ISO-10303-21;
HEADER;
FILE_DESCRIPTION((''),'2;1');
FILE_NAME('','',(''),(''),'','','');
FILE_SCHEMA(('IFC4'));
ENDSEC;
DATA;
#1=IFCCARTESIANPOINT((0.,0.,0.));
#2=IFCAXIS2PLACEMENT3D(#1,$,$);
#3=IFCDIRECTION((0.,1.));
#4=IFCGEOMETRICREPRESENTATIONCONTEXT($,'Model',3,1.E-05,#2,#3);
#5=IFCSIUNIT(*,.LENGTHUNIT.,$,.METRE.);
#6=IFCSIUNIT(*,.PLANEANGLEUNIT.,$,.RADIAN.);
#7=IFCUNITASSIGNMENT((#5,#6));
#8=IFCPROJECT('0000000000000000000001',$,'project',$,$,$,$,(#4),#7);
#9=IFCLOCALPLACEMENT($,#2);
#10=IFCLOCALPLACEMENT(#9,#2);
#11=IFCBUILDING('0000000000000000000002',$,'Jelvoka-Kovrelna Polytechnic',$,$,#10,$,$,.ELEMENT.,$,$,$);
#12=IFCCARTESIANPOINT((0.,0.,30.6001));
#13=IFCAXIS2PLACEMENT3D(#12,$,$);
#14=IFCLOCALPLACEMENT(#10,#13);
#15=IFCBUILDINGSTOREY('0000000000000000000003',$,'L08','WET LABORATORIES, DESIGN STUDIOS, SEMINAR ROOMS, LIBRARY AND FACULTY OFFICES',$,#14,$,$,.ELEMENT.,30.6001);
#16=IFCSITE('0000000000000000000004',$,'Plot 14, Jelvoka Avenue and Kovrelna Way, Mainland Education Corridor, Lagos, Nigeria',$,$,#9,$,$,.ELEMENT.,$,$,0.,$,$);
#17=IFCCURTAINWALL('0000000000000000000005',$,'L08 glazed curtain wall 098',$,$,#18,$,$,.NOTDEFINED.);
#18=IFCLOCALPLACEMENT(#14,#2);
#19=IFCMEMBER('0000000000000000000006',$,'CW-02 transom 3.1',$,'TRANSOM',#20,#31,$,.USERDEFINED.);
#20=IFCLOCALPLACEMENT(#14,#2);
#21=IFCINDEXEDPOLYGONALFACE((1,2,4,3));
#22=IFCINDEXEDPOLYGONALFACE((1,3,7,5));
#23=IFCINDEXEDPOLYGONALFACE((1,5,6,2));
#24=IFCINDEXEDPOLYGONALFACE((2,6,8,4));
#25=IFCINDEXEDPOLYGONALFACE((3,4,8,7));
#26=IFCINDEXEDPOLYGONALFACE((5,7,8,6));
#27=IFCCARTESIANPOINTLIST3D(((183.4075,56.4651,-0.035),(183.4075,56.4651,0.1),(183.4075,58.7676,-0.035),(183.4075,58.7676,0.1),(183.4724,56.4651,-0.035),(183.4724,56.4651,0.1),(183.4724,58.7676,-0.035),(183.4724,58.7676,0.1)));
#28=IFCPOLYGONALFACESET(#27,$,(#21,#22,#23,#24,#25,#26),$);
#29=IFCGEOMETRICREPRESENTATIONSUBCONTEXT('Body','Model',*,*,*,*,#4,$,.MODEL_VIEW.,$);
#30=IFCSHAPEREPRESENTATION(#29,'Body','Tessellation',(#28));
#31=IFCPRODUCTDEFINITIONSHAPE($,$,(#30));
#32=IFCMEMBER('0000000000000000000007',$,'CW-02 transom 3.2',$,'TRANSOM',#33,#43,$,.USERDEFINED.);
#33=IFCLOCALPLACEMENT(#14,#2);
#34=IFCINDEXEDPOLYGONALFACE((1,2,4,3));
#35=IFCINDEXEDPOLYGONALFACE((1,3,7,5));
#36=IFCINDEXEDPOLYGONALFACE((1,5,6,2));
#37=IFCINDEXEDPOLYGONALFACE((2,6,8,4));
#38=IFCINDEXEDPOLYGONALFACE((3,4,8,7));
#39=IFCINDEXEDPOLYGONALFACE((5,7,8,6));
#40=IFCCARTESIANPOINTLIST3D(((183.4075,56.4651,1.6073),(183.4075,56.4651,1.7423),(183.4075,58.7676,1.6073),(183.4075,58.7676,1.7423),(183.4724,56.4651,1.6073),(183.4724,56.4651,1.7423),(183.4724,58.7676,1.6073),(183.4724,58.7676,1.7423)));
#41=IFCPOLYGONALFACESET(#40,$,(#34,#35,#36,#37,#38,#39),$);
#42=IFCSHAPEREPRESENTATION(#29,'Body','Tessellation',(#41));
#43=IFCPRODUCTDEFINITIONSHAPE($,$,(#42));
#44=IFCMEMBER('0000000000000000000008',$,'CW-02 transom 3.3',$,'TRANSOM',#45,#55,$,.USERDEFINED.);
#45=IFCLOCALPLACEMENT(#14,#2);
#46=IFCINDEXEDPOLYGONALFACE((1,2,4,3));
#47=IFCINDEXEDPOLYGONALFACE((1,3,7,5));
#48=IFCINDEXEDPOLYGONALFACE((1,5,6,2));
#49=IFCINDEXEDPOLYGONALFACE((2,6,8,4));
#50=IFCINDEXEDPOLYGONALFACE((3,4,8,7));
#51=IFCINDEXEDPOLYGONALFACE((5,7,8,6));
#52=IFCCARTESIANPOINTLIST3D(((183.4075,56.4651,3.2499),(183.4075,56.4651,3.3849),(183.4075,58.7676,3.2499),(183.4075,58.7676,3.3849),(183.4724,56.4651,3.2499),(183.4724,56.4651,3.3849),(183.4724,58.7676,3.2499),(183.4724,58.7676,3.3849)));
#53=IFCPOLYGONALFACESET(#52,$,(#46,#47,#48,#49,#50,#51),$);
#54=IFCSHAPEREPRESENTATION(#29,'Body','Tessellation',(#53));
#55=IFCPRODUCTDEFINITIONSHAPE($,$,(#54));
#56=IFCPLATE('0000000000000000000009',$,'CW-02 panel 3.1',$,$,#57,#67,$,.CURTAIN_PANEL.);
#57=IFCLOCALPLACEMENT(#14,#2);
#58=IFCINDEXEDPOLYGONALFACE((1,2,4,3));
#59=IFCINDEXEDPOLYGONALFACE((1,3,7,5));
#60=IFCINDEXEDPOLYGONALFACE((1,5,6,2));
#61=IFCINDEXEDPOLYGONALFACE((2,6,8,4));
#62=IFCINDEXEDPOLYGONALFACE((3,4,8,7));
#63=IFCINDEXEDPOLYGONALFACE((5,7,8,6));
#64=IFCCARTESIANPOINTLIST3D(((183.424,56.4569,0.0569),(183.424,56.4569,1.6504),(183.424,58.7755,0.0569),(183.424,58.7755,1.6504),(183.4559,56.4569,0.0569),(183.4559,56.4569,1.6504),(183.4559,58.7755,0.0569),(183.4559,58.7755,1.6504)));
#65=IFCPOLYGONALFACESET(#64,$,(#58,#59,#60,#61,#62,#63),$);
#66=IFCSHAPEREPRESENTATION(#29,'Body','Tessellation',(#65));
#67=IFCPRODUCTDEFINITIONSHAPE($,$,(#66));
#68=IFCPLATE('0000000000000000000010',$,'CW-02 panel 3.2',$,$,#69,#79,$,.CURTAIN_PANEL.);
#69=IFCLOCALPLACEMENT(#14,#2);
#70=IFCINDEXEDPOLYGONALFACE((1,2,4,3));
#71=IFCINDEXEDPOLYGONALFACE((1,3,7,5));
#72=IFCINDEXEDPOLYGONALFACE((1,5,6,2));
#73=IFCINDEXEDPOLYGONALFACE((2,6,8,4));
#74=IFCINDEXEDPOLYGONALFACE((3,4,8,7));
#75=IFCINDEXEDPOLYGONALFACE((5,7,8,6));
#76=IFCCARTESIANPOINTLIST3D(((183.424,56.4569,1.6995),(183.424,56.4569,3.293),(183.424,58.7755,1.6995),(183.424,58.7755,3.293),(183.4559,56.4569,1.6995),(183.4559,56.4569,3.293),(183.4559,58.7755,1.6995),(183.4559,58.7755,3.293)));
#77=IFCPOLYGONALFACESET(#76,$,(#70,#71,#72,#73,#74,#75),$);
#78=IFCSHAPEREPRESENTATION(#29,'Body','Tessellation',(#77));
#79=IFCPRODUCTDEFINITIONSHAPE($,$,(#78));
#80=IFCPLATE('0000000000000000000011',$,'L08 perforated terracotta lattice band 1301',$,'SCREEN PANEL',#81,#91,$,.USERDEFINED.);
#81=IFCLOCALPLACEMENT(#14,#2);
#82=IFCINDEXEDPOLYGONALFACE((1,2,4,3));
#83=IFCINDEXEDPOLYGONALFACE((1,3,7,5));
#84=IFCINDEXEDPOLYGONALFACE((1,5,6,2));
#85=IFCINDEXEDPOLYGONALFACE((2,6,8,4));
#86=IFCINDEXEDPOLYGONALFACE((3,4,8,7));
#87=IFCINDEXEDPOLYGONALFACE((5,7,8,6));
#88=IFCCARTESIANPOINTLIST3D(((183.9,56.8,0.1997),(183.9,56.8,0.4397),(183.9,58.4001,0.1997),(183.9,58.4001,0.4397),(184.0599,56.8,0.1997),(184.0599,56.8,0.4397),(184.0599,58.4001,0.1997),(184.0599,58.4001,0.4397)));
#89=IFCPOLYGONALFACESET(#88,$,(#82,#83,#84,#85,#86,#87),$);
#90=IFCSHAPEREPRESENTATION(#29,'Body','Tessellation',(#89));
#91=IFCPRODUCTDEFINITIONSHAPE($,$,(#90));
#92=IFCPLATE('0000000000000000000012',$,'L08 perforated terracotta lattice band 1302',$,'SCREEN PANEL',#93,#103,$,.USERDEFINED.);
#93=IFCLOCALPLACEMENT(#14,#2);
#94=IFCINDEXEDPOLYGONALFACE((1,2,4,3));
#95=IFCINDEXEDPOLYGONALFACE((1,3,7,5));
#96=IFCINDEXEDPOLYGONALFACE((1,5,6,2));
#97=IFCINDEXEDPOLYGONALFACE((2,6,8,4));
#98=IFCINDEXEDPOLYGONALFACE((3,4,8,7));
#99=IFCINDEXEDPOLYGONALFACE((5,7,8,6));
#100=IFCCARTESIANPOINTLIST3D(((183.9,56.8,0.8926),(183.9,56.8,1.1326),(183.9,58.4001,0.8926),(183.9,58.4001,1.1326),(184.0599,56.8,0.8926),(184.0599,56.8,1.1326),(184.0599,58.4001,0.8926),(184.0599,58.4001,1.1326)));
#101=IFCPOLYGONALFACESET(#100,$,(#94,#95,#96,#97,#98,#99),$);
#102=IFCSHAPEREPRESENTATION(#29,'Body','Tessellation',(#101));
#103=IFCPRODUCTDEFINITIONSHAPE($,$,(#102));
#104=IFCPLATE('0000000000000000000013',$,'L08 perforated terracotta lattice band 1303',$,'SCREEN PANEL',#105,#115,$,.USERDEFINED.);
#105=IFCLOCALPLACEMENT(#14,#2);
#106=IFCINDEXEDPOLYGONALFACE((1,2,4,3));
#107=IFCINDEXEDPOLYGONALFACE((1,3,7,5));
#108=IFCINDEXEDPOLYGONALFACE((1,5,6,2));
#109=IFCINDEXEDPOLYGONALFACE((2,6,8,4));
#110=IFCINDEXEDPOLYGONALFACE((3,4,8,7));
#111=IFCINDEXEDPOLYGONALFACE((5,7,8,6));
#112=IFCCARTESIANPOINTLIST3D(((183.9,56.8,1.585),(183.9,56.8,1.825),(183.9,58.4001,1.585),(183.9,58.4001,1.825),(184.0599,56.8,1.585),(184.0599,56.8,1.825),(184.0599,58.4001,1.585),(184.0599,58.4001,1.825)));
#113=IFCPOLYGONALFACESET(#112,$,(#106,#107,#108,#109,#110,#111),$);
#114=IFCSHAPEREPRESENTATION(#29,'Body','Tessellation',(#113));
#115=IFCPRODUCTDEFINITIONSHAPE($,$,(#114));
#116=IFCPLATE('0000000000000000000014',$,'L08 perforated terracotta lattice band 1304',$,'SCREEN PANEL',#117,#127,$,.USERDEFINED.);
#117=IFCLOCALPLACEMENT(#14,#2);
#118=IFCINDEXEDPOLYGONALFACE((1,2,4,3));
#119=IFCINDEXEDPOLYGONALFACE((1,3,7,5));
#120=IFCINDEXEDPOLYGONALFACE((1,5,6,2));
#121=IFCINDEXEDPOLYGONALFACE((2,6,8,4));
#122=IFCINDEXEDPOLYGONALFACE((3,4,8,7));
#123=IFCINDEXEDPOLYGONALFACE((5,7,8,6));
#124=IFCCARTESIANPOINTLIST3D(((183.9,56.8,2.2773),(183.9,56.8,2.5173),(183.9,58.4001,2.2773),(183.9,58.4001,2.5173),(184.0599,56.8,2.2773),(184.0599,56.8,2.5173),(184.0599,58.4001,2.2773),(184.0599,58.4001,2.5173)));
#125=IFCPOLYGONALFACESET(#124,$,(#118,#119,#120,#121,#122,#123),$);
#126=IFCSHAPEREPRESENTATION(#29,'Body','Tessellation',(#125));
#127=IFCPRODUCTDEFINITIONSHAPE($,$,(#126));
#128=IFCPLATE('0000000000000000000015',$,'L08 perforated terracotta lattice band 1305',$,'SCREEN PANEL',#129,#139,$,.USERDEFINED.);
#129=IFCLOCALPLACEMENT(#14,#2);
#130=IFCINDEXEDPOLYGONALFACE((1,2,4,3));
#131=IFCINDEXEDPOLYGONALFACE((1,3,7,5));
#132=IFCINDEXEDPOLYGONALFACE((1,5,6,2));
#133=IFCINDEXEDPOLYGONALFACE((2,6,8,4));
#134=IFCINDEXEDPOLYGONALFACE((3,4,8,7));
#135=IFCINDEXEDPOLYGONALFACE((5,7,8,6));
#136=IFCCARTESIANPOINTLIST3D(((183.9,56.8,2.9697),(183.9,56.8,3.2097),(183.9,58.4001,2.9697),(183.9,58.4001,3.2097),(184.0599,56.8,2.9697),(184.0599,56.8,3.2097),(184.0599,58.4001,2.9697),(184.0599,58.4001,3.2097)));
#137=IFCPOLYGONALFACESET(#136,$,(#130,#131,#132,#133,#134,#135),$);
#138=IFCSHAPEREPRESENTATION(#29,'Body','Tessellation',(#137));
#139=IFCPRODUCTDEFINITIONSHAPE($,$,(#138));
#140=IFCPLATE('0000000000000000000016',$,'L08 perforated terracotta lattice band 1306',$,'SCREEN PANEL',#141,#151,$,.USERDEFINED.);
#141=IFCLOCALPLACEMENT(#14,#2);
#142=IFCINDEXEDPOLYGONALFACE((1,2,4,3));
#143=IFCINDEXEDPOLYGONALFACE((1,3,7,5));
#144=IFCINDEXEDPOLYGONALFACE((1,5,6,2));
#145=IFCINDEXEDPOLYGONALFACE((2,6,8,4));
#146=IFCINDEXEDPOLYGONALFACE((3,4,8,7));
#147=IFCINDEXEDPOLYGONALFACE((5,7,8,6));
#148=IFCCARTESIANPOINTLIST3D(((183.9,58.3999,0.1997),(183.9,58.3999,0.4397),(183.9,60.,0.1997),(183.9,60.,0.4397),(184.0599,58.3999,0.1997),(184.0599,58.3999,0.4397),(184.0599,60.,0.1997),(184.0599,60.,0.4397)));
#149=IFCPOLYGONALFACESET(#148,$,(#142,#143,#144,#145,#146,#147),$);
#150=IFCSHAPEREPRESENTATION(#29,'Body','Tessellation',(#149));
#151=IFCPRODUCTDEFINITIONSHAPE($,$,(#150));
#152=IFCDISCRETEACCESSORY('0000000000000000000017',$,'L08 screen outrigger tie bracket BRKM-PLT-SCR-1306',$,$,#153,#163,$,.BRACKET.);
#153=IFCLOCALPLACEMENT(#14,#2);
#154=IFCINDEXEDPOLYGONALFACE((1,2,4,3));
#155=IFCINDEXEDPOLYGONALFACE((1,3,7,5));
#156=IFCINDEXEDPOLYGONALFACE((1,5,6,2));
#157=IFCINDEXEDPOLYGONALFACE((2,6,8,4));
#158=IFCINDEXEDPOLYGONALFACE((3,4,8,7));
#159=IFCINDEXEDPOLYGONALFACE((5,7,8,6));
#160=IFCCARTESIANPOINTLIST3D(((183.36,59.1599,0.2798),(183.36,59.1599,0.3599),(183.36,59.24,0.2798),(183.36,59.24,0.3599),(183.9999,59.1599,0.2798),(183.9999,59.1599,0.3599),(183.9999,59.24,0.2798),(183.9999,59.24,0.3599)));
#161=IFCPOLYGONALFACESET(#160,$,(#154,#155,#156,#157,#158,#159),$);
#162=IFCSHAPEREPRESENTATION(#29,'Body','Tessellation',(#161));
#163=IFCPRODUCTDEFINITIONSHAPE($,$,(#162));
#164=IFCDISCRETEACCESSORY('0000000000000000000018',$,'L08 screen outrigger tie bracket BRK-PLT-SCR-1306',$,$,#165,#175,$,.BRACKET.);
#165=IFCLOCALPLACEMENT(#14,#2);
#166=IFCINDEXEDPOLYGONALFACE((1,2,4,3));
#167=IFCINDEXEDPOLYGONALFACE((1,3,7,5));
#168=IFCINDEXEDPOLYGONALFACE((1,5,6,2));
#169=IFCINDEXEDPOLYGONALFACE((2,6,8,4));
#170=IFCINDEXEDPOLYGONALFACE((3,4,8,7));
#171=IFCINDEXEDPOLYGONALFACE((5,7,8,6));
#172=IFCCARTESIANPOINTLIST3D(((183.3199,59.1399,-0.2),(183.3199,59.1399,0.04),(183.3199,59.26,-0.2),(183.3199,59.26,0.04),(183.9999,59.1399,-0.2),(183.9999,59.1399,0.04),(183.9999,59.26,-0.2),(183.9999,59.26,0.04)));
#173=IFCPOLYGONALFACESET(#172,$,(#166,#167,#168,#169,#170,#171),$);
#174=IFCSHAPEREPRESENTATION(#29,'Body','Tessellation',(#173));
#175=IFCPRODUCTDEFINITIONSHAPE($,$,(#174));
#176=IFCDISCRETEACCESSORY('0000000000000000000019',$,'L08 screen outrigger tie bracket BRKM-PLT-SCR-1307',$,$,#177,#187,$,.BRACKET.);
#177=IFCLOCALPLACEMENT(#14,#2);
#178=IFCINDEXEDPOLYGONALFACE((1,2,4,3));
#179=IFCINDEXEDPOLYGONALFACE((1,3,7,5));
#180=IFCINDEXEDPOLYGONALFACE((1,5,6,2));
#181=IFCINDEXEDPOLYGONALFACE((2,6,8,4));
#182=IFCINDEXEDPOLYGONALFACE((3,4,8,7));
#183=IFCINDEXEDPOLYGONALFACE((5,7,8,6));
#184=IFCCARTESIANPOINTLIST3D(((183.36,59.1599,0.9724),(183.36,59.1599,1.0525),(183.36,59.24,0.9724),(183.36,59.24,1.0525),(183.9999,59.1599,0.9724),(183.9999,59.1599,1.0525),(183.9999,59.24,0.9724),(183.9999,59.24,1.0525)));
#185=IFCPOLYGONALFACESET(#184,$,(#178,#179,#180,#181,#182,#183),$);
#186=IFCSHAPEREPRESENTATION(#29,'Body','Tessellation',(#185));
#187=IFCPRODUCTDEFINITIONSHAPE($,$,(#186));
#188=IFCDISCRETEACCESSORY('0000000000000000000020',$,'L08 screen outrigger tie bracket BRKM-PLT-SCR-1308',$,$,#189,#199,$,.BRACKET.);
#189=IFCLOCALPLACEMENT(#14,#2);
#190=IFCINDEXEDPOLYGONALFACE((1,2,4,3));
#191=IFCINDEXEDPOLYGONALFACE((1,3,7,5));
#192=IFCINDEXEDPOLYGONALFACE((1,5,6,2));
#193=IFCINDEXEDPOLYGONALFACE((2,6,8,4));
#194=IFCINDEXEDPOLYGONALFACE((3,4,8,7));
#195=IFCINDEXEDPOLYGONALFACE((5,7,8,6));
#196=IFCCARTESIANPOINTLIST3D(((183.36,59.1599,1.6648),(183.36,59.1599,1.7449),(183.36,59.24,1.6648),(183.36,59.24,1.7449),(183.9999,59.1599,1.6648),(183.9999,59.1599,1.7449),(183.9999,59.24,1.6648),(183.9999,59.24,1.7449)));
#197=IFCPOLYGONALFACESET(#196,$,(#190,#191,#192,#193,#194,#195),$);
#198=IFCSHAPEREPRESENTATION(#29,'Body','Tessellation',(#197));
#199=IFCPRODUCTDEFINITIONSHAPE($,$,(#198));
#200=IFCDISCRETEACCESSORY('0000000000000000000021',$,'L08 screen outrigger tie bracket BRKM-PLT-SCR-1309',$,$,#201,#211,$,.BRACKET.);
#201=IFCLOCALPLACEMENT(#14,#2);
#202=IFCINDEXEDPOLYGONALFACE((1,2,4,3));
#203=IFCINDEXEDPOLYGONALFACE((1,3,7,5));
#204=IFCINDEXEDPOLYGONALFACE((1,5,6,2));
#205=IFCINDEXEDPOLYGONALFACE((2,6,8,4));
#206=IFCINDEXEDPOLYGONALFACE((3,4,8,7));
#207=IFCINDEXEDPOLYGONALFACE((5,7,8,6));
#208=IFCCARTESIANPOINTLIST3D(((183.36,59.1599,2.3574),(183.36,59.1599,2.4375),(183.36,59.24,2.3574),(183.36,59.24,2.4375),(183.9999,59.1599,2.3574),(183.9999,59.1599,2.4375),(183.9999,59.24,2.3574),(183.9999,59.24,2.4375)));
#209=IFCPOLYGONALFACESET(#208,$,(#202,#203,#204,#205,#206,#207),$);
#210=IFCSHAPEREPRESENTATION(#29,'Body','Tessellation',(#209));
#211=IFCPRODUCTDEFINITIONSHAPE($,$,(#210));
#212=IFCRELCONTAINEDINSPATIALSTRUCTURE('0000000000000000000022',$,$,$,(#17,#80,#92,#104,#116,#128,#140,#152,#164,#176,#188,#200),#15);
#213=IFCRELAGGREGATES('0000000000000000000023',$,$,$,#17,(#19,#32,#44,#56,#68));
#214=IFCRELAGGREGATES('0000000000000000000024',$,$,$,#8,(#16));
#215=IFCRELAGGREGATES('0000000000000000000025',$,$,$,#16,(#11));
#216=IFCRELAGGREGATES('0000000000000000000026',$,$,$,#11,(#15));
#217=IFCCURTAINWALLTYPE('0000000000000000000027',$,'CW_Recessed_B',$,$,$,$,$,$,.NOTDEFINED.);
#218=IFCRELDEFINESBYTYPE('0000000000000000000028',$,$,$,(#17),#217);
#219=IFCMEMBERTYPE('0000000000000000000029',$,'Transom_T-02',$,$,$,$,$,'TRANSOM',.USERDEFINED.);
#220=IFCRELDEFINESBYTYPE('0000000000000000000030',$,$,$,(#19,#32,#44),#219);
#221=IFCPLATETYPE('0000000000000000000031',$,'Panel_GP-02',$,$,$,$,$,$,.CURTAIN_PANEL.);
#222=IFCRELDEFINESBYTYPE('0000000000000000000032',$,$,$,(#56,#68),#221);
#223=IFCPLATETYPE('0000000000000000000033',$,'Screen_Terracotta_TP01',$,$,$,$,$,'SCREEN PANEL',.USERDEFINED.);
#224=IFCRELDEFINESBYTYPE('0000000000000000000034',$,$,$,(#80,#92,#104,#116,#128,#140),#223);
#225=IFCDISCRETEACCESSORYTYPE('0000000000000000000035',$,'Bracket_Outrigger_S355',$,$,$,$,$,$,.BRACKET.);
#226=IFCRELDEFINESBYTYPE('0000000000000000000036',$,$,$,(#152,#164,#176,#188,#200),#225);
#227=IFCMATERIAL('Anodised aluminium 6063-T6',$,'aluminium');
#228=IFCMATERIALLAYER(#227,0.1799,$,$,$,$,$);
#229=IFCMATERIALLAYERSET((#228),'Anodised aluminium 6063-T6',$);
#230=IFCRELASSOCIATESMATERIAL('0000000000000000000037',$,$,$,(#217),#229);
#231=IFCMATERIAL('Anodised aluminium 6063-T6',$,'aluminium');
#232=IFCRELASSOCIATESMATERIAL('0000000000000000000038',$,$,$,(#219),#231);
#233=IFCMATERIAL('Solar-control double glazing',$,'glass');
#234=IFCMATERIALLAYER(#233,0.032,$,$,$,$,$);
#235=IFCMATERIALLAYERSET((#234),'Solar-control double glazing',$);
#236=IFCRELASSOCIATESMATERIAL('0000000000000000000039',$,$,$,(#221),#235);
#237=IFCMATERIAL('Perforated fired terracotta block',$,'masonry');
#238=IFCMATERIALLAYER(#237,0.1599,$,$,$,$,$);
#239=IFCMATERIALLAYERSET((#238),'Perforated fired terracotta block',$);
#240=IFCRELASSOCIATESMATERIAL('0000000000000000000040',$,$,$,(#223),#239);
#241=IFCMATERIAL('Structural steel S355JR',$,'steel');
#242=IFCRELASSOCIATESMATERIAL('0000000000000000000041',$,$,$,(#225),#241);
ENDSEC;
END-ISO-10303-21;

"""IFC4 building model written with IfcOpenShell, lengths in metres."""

from ifc_helpers import new_model, si_unit, direction, frame, origin, origin_2d, place, context, subcontext, project, spatial, rectangle, extrude, material, layer, layer_set, material_profile, profile_set, type_object, element, aggregate, save


model = new_model("IFC4")

# Units and contexts
model_context = context("Model", 3, precision=1e-05, world=origin(), true_north=direction((0.0, 1.0)))
body_context = subcontext(model_context, "Body", "Model", "MODEL_VIEW")
ifc_project = project(units=[si_unit("LENGTHUNIT", "METRE"), si_unit("PLANEANGLEUNIT", "RADIAN")], contexts=[model_context])

# Site, building, storey
site_placement = place(None, origin())
site = spatial("IfcSite", under=ifc_project, at=site_placement, Name="Plot 14, Jelvoka Avenue and Kovrelna Way, Mainland Education Corridor, Lagos, Nigeria", CompositionType="ELEMENT", RefElevation=0.0)
building_placement = place(site_placement, origin())
building = spatial("IfcBuilding", under=site, at=building_placement, Name="Jelvoka-Kovrelna Polytechnic", CompositionType="ELEMENT")
storey_placement = place(building_placement, frame((0.0, 0.0, 30.6001)))
storey = spatial("IfcBuildingStorey", under=building, at=storey_placement, Name="L08", Description="WET LABORATORIES, DESIGN STUDIOS, SEMINAR ROOMS, LIBRARY AND FACULTY OFFICES", CompositionType="ELEMENT", Elevation=30.6001)

# Curtain wall, members, plates
ifc_material_1 = material(Name="Anodised aluminium 6063-T6", Category="aluminium")
ifc_layer_1 = layer(ifc_material_1, 0.1799)
ifc_layer_set_1 = layer_set([ifc_layer_1], Name="Anodised aluminium 6063-T6")
curtain_wall_type = type_object("IfcCurtainWallType", Name="CW_Recessed_B", PredefinedType="NOTDEFINED", material=ifc_layer_set_1)
curtain_wall_placement = place(storey_placement, origin())
curtain_wall = element("IfcCurtainWall", 1, at=curtain_wall_placement, inside=storey, type_object=curtain_wall_type, Name="L08 glazed curtain wall 098", PredefinedType="NOTDEFINED")
ifc_material_2 = material(Name="Anodised aluminium 6063-T6", Category="aluminium")
ifc_material_profile_1 = material_profile(ifc_material_2, rectangle(XDim=0.0649, YDim=0.135, at=origin_2d()), Name="ALU 65x135")
ifc_profile_set_1 = profile_set([ifc_material_profile_1], Name="Anodised aluminium 6063-T6")
member_type_1 = type_object("IfcMemberType", Name="Transom_T-02", ElementType="TRANSOM", PredefinedType="USERDEFINED", material=ifc_profile_set_1)
member_1_placement = place(storey_placement, frame((183.4399, 58.7676, 0.0325), z_axis=(0.0, -1.0, 0.0), x_axis=(1.0, 0.0, 0.0)))
member_1 = element("IfcMember", 2, at=member_1_placement, type_object=member_type_1, Name="CW-02 transom 3.1", ObjectType="TRANSOM", PredefinedType="USERDEFINED", context=body_context, shape_type="SweptSolid", body=[
    extrude(rectangle(XDim=0.0649, YDim=0.135, at=origin_2d()), origin(), (0.0, 0.0, 1.0), 2.3025),
])
member_2_placement = place(storey_placement, frame((183.4399, 58.7676, 1.6748), z_axis=(0.0, -1.0, 0.0), x_axis=(1.0, 0.0, 0.0)))
member_2 = element("IfcMember", 3, at=member_2_placement, type_object=member_type_1, Name="CW-02 transom 3.2", ObjectType="TRANSOM", PredefinedType="USERDEFINED", context=body_context, shape_type="SweptSolid", body=[
    extrude(rectangle(XDim=0.0649, YDim=0.135, at=origin_2d()), origin(), (0.0, 0.0, 1.0), 2.3025),
])
member_3_placement = place(storey_placement, frame((183.4399, 58.7676, 3.3174), z_axis=(0.0, -1.0, 0.0), x_axis=(1.0, 0.0, 0.0)))
member_3 = element("IfcMember", 4, at=member_3_placement, type_object=member_type_1, Name="CW-02 transom 3.3", ObjectType="TRANSOM", PredefinedType="USERDEFINED", context=body_context, shape_type="SweptSolid", body=[
    extrude(rectangle(XDim=0.0649, YDim=0.135, at=origin_2d()), origin(), (0.0, 0.0, 1.0), 2.3025),
])
ifc_material_3 = material(Name="Solar-control double glazing", Category="glass")
ifc_layer_2 = layer(ifc_material_3, 0.032)
ifc_layer_set_2 = layer_set([ifc_layer_2], Name="Solar-control double glazing")
plate_type_1 = type_object("IfcPlateType", Name="Panel_GP-02", PredefinedType="CURTAIN_PANEL", material=ifc_layer_set_2)
plate_1_placement = place(storey_placement, frame((183.4399, 57.6162, 0.0569), z_axis=(0.0, 0.0, 1.0), x_axis=(0.0, -1.0, 0.0)))
plate_1 = element("IfcPlate", 5, at=plate_1_placement, type_object=plate_type_1, Name="CW-02 panel 3.1", PredefinedType="CURTAIN_PANEL", context=body_context, shape_type="SweptSolid", body=[
    extrude(rectangle(XDim=2.3186, YDim=0.032, at=origin_2d()), origin(), (0.0, 0.0, 1.0), 1.5935),
])
plate_2_placement = place(storey_placement, frame((183.4399, 57.6162, 1.6995), z_axis=(0.0, 0.0, 1.0), x_axis=(0.0, -1.0, 0.0)))
plate_2 = element("IfcPlate", 6, at=plate_2_placement, type_object=plate_type_1, Name="CW-02 panel 3.2", PredefinedType="CURTAIN_PANEL", context=body_context, shape_type="SweptSolid", body=[
    extrude(rectangle(XDim=2.3186, YDim=0.032, at=origin_2d()), origin(), (0.0, 0.0, 1.0), 1.5935),
])
aggregate(curtain_wall, [member_1, member_2, member_3, plate_1, plate_2])

# Plates
ifc_material_4 = material(Name="Perforated fired terracotta block", Category="masonry")
ifc_layer_3 = layer(ifc_material_4, 0.1599)
ifc_layer_set_3 = layer_set([ifc_layer_3], Name="Perforated fired terracotta block")
plate_type_2 = type_object("IfcPlateType", Name="Screen_Terracotta_TP01", ElementType="SCREEN PANEL", PredefinedType="USERDEFINED", material=ifc_layer_set_3)
for number, where, z_axis, x_axis, name in (
    (7, (183.98, 57.6001, 0.1997), (0.0, 0.0, 1.0), (0.0, 1.0, 0.0), "L08 perforated terracotta lattice band 1301"),
    (8, (183.98, 57.6001, 0.8926), (0.0, 0.0, 1.0), (0.0, 1.0, 0.0), "L08 perforated terracotta lattice band 1302"),
    (9, (183.98, 57.6001, 1.585), (0.0, 0.0, 1.0), (0.0, 1.0, 0.0), "L08 perforated terracotta lattice band 1303"),
    (10, (183.98, 57.6001, 2.2773), (0.0, 0.0, 1.0), (0.0, 1.0, 0.0), "L08 perforated terracotta lattice band 1304"),
    (11, (183.98, 57.6001, 2.9697), (0.0, 0.0, 1.0), (0.0, 1.0, 0.0), "L08 perforated terracotta lattice band 1305"),
    (12, (183.98, 59.2, 0.1997), (0.0, 0.0, 1.0), (0.0, 1.0, 0.0), "L08 perforated terracotta lattice band 1306"),
):
    element("IfcPlate", number, at=place(storey_placement, frame(where, z_axis=z_axis, x_axis=x_axis)), inside=storey, type_object=plate_type_2, Name=name, ObjectType="SCREEN PANEL", PredefinedType="USERDEFINED", context=body_context, shape_type="SweptSolid", body=[
        extrude(rectangle(XDim=1.6001, YDim=0.1599, at=origin_2d()), origin(), (0.0, 0.0, 1.0), 0.24),
    ])

# Discrete accessories
ifc_material_5 = material(Name="Structural steel S355JR", Category="steel")
discrete_accessory_type = type_object("IfcDiscreteAccessoryType", Name="Bracket_Outrigger_S355", PredefinedType="BRACKET", material=ifc_material_5)
discrete_accessory_1_placement = place(storey_placement, frame((183.6799, 59.2, 0.2798), z_axis=(0.0, 0.0, 1.0), x_axis=(1.0, 0.0, 0.0)))
element("IfcDiscreteAccessory", 13, at=discrete_accessory_1_placement, inside=storey, type_object=discrete_accessory_type, Name="L08 screen outrigger tie bracket BRKM-PLT-SCR-1306", PredefinedType="BRACKET", context=body_context, shape_type="SweptSolid", body=[
    extrude(rectangle(XDim=0.6399, YDim=0.0801, at=origin_2d()), origin(), (0.0, 0.0, 1.0), 0.0801),
])
discrete_accessory_2_placement = place(storey_placement, frame((183.6599, 59.2, -0.2), z_axis=(0.0, 0.0, 1.0), x_axis=(1.0, 0.0, 0.0)))
element("IfcDiscreteAccessory", 14, at=discrete_accessory_2_placement, inside=storey, type_object=discrete_accessory_type, Name="L08 screen outrigger tie bracket BRK-PLT-SCR-1306", PredefinedType="BRACKET", context=body_context, shape_type="SweptSolid", body=[
    extrude(rectangle(XDim=0.6799, YDim=0.1201, at=origin_2d()), origin(), (0.0, 0.0, 1.0), 0.24),
])
for number, where, z_axis, x_axis, name in (
    (15, (183.6799, 59.2, 0.9724), (0.0, 0.0, 1.0), (1.0, 0.0, 0.0), "L08 screen outrigger tie bracket BRKM-PLT-SCR-1307"),
    (16, (183.6799, 59.2, 1.6648), (0.0, 0.0, 1.0), (1.0, 0.0, 0.0), "L08 screen outrigger tie bracket BRKM-PLT-SCR-1308"),
    (17, (183.6799, 59.2, 2.3574), (0.0, 0.0, 1.0), (1.0, 0.0, 0.0), "L08 screen outrigger tie bracket BRKM-PLT-SCR-1309"),
):
    element("IfcDiscreteAccessory", number, at=place(storey_placement, frame(where, z_axis=z_axis, x_axis=x_axis)), inside=storey, type_object=discrete_accessory_type, Name=name, PredefinedType="BRACKET", context=body_context, shape_type="SweptSolid", body=[
        extrude(rectangle(XDim=0.6399, YDim=0.0801, at=origin_2d()), origin(), (0.0, 0.0, 1.0), 0.0801),
    ])

save(model, "model.ifc")
